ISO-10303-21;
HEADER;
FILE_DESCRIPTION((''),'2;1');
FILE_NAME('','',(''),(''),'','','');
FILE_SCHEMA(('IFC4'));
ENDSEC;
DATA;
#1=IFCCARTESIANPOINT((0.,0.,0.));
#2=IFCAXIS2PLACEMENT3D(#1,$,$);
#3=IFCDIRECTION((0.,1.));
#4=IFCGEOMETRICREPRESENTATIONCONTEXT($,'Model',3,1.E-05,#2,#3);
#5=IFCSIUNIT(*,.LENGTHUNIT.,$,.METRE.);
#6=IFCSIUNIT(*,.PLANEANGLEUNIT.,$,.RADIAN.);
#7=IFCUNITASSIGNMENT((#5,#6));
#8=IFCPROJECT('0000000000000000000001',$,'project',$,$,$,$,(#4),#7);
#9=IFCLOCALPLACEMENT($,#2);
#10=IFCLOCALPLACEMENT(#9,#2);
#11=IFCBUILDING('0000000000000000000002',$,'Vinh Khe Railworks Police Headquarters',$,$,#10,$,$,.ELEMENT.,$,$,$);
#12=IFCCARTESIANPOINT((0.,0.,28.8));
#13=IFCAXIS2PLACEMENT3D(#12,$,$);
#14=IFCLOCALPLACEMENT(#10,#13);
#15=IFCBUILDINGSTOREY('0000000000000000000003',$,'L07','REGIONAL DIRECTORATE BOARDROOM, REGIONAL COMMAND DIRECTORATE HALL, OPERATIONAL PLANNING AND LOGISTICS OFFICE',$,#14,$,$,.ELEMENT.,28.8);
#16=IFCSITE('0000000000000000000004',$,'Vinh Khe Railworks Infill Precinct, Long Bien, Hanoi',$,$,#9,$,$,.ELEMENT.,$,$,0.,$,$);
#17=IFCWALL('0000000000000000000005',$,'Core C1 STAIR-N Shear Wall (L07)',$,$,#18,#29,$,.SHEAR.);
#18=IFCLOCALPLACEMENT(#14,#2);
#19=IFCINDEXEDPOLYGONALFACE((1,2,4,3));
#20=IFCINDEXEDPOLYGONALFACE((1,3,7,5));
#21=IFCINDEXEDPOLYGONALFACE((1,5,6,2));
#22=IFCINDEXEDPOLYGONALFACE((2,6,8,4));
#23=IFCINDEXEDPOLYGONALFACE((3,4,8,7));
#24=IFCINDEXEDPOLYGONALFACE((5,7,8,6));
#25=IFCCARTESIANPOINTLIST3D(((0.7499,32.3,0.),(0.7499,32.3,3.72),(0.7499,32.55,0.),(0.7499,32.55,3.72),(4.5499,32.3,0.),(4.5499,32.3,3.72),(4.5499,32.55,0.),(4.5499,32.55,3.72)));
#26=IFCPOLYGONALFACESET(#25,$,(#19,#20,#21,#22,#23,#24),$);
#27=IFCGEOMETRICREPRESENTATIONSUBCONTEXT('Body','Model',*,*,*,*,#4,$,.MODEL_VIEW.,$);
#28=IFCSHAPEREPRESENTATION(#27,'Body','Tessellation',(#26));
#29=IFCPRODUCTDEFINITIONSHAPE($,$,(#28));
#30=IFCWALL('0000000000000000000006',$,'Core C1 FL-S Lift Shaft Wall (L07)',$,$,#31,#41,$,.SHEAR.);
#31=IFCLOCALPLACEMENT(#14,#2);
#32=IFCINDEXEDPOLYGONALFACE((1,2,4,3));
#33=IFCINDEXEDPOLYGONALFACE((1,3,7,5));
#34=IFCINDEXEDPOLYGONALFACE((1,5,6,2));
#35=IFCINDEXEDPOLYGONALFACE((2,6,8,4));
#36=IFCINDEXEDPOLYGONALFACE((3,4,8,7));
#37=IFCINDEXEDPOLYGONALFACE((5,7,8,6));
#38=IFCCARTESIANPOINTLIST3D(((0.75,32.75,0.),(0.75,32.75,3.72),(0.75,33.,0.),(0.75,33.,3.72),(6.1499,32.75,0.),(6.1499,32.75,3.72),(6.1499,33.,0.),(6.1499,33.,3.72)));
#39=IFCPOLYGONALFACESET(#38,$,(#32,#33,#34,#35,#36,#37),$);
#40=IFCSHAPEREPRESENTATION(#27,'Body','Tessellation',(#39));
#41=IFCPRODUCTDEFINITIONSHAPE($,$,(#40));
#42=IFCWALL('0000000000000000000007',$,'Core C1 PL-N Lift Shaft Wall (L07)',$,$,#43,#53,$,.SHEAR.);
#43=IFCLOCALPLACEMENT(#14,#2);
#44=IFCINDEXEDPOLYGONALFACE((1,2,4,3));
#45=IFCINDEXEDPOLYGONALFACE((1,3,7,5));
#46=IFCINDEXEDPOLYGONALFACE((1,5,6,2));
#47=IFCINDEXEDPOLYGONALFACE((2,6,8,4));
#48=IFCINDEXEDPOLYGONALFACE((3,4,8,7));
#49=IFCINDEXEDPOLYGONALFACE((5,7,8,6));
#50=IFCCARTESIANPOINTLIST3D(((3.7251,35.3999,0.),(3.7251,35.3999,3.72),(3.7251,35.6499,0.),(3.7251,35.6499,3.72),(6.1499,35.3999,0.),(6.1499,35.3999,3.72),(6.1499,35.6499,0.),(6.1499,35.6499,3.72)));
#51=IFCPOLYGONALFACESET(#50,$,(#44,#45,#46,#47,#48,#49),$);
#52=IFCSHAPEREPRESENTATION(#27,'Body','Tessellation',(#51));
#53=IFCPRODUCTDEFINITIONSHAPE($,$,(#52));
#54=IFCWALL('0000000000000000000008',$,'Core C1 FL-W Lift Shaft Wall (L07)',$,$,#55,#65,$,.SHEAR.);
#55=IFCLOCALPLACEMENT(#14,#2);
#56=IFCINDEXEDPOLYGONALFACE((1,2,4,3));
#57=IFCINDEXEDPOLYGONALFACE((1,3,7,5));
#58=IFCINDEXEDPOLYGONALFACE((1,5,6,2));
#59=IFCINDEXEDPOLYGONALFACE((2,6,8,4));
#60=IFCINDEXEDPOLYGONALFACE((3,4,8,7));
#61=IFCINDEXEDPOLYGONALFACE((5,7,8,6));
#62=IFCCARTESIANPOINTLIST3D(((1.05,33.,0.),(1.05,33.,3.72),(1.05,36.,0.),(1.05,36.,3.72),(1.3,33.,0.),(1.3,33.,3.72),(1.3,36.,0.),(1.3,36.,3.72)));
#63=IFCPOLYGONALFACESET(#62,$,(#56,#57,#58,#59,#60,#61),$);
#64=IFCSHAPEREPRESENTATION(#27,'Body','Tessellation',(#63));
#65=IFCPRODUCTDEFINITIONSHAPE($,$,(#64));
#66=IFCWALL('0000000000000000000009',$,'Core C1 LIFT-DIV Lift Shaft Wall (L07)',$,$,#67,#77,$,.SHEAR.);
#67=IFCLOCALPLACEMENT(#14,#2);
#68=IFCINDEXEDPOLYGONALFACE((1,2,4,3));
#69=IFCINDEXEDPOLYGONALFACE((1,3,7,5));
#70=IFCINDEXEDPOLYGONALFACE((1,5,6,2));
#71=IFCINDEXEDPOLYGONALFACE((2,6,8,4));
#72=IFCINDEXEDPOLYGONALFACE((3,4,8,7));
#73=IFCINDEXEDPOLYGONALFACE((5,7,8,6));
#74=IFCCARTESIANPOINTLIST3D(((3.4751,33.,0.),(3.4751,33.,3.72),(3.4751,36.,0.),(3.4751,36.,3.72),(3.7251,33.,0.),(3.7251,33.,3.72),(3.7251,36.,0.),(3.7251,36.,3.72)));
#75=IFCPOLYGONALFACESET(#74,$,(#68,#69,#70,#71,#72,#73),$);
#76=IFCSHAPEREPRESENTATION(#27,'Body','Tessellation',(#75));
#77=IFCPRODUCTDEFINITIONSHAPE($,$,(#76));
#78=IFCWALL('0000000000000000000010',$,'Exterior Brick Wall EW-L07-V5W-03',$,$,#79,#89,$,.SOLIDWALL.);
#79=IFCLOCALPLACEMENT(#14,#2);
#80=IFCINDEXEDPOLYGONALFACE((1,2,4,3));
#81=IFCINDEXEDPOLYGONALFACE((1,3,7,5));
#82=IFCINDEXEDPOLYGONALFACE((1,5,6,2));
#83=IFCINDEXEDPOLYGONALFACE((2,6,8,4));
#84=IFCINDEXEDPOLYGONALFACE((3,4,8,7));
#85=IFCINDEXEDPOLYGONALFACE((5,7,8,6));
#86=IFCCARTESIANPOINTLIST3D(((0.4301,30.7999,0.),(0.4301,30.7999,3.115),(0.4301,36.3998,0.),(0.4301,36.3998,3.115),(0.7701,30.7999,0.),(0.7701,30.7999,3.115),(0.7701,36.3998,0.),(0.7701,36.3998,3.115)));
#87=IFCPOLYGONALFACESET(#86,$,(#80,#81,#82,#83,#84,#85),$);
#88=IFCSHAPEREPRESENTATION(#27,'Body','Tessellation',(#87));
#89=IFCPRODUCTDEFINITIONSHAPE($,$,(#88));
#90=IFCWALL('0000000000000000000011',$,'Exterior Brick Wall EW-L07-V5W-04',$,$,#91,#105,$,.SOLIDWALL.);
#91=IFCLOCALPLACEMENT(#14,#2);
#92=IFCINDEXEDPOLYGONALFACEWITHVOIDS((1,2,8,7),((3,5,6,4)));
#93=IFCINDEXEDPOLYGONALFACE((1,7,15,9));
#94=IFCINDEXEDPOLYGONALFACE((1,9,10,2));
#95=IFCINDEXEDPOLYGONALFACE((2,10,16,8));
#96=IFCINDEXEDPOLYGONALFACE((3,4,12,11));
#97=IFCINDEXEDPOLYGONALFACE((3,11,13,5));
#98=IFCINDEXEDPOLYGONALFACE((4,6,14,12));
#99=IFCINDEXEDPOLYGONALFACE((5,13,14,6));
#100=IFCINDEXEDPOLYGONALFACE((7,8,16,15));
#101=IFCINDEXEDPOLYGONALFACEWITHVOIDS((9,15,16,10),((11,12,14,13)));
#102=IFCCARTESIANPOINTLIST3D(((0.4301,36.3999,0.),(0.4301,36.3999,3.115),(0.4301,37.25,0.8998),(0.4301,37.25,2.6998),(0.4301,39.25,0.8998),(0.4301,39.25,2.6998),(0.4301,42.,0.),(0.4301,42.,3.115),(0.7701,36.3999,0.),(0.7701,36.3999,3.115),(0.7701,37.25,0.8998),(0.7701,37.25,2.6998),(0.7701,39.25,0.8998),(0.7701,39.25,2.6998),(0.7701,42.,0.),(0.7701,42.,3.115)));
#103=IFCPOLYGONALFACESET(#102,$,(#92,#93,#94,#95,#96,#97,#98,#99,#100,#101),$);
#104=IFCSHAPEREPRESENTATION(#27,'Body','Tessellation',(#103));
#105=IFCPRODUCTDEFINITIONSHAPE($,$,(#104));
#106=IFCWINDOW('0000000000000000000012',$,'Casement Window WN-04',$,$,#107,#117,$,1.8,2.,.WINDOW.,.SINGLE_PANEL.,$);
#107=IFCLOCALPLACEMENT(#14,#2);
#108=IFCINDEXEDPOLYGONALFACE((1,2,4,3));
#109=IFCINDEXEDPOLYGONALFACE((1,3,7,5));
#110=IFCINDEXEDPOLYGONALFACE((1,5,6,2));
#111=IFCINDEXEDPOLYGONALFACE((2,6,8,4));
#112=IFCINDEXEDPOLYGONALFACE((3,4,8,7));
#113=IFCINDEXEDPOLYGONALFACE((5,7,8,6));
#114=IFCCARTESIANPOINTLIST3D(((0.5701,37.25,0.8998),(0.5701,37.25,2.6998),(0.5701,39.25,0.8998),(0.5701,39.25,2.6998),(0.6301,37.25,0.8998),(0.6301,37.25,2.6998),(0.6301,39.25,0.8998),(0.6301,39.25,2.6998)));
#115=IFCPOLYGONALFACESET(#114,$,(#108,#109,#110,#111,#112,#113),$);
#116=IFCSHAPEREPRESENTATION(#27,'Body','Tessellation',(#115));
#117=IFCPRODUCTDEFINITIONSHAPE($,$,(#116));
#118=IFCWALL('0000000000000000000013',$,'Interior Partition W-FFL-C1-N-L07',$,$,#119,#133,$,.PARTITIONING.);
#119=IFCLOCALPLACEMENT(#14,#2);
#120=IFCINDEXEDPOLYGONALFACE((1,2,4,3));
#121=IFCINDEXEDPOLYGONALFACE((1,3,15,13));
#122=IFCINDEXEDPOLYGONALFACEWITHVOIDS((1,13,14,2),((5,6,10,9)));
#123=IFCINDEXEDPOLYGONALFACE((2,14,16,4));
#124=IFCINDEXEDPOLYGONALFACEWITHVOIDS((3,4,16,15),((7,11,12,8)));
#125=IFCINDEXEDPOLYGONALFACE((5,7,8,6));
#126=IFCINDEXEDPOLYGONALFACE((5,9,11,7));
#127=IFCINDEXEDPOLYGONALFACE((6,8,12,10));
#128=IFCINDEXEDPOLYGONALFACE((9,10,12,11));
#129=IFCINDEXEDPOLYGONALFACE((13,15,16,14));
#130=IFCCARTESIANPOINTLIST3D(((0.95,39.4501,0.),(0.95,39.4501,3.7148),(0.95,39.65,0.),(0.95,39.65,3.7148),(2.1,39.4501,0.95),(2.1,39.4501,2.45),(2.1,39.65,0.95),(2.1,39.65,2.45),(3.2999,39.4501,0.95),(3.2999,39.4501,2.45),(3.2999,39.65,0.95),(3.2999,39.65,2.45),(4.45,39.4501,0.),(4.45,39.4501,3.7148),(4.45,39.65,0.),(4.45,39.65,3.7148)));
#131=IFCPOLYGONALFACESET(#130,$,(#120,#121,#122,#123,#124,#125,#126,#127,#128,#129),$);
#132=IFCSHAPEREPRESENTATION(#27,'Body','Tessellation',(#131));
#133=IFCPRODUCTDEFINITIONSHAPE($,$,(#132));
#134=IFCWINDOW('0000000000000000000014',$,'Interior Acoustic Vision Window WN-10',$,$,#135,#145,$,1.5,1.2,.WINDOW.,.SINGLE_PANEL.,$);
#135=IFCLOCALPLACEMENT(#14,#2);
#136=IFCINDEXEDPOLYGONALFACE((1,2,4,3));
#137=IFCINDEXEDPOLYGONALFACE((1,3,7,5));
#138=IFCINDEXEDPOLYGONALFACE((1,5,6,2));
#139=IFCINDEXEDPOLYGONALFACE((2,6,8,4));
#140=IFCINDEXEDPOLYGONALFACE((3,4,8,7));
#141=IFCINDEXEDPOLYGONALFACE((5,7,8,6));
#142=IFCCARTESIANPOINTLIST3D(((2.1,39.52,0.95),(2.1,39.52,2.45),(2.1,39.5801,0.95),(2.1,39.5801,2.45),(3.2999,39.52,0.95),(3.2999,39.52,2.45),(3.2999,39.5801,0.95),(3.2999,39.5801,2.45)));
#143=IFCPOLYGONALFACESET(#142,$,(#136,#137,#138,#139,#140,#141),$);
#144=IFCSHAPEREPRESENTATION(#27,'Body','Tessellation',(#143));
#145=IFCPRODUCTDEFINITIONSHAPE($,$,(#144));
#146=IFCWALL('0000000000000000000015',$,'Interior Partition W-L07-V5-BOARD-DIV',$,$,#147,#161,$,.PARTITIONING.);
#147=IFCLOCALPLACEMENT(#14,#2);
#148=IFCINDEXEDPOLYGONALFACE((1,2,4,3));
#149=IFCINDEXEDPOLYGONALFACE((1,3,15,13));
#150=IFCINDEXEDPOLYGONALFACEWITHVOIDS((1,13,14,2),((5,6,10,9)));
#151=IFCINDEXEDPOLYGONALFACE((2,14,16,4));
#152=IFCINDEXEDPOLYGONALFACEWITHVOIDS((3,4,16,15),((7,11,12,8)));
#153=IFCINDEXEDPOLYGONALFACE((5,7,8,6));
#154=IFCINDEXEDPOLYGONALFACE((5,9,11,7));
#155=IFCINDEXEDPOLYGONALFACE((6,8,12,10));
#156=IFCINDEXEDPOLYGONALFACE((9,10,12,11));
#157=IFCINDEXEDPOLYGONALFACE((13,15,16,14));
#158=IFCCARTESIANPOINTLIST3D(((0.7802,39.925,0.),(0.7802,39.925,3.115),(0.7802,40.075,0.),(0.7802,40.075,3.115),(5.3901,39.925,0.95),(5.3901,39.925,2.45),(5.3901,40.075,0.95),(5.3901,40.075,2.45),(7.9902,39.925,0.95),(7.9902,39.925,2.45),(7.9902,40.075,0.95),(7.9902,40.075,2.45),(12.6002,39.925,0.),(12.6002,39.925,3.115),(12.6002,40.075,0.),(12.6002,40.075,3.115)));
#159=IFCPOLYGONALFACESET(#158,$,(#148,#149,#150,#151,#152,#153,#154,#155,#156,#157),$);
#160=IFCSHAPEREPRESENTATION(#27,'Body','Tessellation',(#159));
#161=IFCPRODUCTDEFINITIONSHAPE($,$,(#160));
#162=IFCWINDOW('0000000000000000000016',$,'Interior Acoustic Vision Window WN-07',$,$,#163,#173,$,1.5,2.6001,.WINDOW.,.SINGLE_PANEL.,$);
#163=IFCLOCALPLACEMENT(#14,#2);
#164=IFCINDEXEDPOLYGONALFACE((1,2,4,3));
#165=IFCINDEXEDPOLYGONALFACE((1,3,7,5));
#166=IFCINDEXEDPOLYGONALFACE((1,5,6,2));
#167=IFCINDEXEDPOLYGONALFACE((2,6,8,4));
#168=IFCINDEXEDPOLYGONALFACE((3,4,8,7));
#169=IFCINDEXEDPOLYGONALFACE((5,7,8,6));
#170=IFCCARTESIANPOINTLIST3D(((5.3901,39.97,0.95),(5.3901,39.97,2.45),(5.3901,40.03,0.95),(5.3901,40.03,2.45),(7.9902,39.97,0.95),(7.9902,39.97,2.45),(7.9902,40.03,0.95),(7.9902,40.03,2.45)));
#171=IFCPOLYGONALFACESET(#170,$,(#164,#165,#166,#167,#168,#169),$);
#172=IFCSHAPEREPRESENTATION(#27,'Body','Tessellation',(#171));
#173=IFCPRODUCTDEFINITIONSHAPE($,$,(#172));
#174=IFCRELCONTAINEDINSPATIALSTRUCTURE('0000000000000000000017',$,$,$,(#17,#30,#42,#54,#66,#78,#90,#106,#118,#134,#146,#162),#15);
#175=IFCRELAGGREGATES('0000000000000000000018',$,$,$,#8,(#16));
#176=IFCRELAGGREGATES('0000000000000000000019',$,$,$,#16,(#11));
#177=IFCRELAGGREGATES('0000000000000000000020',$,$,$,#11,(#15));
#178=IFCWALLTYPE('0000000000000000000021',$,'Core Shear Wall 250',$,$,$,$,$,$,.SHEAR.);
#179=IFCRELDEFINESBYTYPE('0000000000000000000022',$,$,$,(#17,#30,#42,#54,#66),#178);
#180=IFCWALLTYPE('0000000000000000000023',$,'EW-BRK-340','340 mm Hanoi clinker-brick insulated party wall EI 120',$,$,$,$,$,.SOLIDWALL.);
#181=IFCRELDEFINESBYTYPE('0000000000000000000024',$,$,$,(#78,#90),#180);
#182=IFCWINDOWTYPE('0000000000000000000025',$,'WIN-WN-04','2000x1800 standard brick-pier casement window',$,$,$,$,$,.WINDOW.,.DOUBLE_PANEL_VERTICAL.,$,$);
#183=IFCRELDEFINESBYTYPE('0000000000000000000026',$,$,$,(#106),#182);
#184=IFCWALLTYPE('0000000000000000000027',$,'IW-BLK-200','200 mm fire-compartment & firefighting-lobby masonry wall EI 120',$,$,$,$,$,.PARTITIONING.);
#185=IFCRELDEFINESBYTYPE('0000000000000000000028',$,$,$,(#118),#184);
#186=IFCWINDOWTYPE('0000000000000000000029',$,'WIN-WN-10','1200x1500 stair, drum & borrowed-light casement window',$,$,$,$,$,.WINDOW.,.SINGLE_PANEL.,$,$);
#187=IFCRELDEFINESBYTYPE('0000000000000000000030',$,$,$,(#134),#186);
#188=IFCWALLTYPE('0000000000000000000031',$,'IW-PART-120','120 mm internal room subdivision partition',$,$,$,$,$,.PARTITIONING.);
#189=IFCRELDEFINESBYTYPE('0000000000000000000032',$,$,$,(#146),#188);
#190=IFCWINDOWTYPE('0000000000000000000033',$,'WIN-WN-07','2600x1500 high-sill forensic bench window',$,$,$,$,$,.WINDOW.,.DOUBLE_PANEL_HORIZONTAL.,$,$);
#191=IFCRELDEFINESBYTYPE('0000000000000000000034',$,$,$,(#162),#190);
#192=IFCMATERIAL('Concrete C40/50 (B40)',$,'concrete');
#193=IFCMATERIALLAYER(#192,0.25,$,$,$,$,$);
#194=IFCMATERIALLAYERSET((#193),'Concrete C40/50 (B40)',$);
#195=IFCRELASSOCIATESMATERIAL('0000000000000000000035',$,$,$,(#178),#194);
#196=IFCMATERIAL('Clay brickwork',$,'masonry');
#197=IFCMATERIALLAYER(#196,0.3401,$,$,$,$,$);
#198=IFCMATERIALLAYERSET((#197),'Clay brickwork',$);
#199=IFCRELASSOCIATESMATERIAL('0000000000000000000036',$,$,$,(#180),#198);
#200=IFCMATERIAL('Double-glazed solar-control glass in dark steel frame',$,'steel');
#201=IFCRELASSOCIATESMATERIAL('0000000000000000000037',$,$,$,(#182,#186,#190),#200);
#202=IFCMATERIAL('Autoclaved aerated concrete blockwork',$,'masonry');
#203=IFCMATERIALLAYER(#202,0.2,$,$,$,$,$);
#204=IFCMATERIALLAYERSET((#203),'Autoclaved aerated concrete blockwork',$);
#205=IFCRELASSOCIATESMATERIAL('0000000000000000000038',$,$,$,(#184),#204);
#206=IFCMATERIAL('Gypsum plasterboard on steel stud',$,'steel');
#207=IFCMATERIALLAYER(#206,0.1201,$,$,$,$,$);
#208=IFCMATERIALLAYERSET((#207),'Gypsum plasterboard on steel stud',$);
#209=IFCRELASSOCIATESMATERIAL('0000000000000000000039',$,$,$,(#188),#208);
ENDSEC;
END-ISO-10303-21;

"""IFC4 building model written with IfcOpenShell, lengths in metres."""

from ifc_helpers import new_model, si_unit, direction, frame, frame_2d, origin, place, context, subcontext, project, spatial, rectangle, extrude, material, layer, layer_set, type_object, element, fill, save


model = new_model("IFC4")

# Units and contexts
model_context = context("Model", 3, precision=1e-05, world=origin(), true_north=direction((0.0, 1.0)))
body_context = subcontext(model_context, "Body", "Model", "MODEL_VIEW")
ifc_project = project(units=[si_unit("LENGTHUNIT", "METRE"), si_unit("PLANEANGLEUNIT", "RADIAN")], contexts=[model_context])

# Site, building, storey
site_placement = place(None, origin())
site = spatial("IfcSite", under=ifc_project, at=site_placement, Name="Vinh Khe Railworks Infill Precinct, Long Bien, Hanoi", CompositionType="ELEMENT", RefElevation=0.0)
building_placement = place(site_placement, origin())
building = spatial("IfcBuilding", under=site, at=building_placement, Name="Vinh Khe Railworks Police Headquarters", CompositionType="ELEMENT")
storey_placement = place(building_placement, frame((0.0, 0.0, 28.8)))
storey = spatial("IfcBuildingStorey", under=building, at=storey_placement, Name="L07", Description="REGIONAL DIRECTORATE BOARDROOM, REGIONAL COMMAND DIRECTORATE HALL, OPERATIONAL PLANNING AND LOGISTICS OFFICE", CompositionType="ELEMENT", Elevation=28.8)

# Walls
ifc_material_1 = material(Name="Concrete C40/50 (B40)", Category="concrete")
ifc_layer_1 = layer(ifc_material_1, 0.25)
ifc_layer_set_1 = layer_set([ifc_layer_1], Name="Concrete C40/50 (B40)")
wall_type_1 = type_object("IfcWallType", Name="Core Shear Wall 250", PredefinedType="SHEAR", material=ifc_layer_set_1)
wall_1_placement = place(storey_placement, frame((0.75, 32.425, 0.0), z_axis=(0.0, 0.0, 1.0), x_axis=(1.0, 0.0, 0.0)))
element("IfcWall", 1, at=wall_1_placement, inside=storey, type_object=wall_type_1, Name="Core C1 STAIR-N Shear Wall (L07)", PredefinedType="SHEAR", context=body_context, shape_type="SweptSolid", body=[
    extrude(rectangle(XDim=3.8, YDim=0.25, at=frame_2d((1.8999, 0.0))), origin(), (0.0, 0.0, 1.0), 3.72),
])
wall_2_placement = place(storey_placement, frame((0.75, 32.875, 0.0), z_axis=(0.0, 0.0, 1.0), x_axis=(1.0, 0.0, 0.0)))
element("IfcWall", 2, at=wall_2_placement, inside=storey, type_object=wall_type_1, Name="Core C1 FL-S Lift Shaft Wall (L07)", PredefinedType="SHEAR", context=body_context, shape_type="SweptSolid", body=[
    extrude(rectangle(XDim=5.3999, YDim=0.25, at=frame_2d((2.7, 0.0))), origin(), (0.0, 0.0, 1.0), 3.72),
])

# Walls
wall_3_placement = place(storey_placement, frame((3.7251, 35.5249, 0.0), z_axis=(0.0, 0.0, 1.0), x_axis=(1.0, 0.0, 0.0)))
element("IfcWall", 3, at=wall_3_placement, inside=storey, type_object=wall_type_1, Name="Core C1 PL-N Lift Shaft Wall (L07)", PredefinedType="SHEAR", context=body_context, shape_type="SweptSolid", body=[
    extrude(rectangle(XDim=2.4248, YDim=0.25, at=frame_2d((1.2124, 0.0))), origin(), (0.0, 0.0, 1.0), 3.72),
])
for number, where, z_axis, x_axis, name in (
    (4, (1.175, 33.0, 0.0), (0.0, 0.0, 1.0), (0.0, 1.0, 0.0), "Core C1 FL-W Lift Shaft Wall (L07)"),
    (5, (3.6001, 33.0, 0.0), (0.0, 0.0, 1.0), (0.0, 1.0, 0.0), "Core C1 LIFT-DIV Lift Shaft Wall (L07)"),
):
    element("IfcWall", number, at=place(storey_placement, frame(where, z_axis=z_axis, x_axis=x_axis)), inside=storey, type_object=wall_type_1, Name=name, PredefinedType="SHEAR", context=body_context, shape_type="SweptSolid", body=[
        extrude(rectangle(XDim=3.0, YDim=0.25, at=frame_2d((1.5, 0.0))), origin(), (0.0, 0.0, 1.0), 3.72),
    ])

# Wall
ifc_material_2 = material(Name="Clay brickwork", Category="masonry")
ifc_layer_2 = layer(ifc_material_2, 0.3401)
ifc_layer_set_2 = layer_set([ifc_layer_2], Name="Clay brickwork")
wall_type_2 = type_object("IfcWallType", Name="EW-BRK-340", Description="340 mm Hanoi clinker-brick insulated party wall EI 120", PredefinedType="SOLIDWALL", material=ifc_layer_set_2)
wall_4_placement = place(storey_placement, frame((0.6001, 30.8, 0.0), z_axis=(0.0, 0.0, 1.0), x_axis=(0.0, 1.0, 0.0)))
element("IfcWall", 6, at=wall_4_placement, inside=storey, type_object=wall_type_2, Name="Exterior Brick Wall EW-L07-V5W-03", PredefinedType="SOLIDWALL", context=body_context, shape_type="SweptSolid", body=[
    extrude(rectangle(XDim=5.5999, YDim=0.3401, at=frame_2d((2.7998, 0.0))), origin(), (0.0, 0.0, 1.0), 3.115),
])

# Walls, openings, windows
wall_5_placement = place(storey_placement, frame((0.6001, 36.3999, 0.0), z_axis=(0.0, 0.0, 1.0), x_axis=(0.0, 1.0, 0.0)))
wall_5 = element("IfcWall", 7, at=wall_5_placement, inside=storey, type_object=wall_type_2, Name="Exterior Brick Wall EW-L07-V5W-04", PredefinedType="SOLIDWALL", context=body_context, shape_type="SweptSolid", body=[
    extrude(rectangle(XDim=5.6001, YDim=0.3401, at=frame_2d((2.8, 0.0))), origin(), (0.0, 0.0, 1.0), 3.115),
])
opening_1_placement = place(wall_5_placement, frame((0.8501, 0.0, 0.8999)))
opening_1 = element("IfcOpeningElement", 8, at=opening_1_placement, cuts=wall_5, PredefinedType="OPENING", context=body_context, shape_type="SweptSolid", body=[
    extrude(rectangle(XDim=2.0, YDim=1.8, at=frame_2d((1.0, 0.8999))), frame((0.0, 0.1851, 0.0), z_axis=(0.0, -1.0, 0.0), x_axis=(1.0, 0.0, 0.0)), (0.0, 0.0, 1.0), 0.3699),
])
ifc_material_3 = material(Name="Double-glazed solar-control glass in dark steel frame", Category="steel")
window_type_1 = type_object("IfcWindowType", Name="WIN-WN-04", Description="2000x1800 standard brick-pier casement window", PartitioningType="DOUBLE_PANEL_VERTICAL", PredefinedType="WINDOW", material=ifc_material_3)
window_1_placement = place(opening_1_placement, origin())
window_1 = element("IfcWindow", 9, at=window_1_placement, inside=storey, type_object=window_type_1, Name="Casement Window WN-04", OverallHeight=1.8, OverallWidth=2.0, PartitioningType="SINGLE_PANEL", PredefinedType="WINDOW", context=body_context, shape_type="SweptSolid", body=[
    extrude(rectangle(XDim=2.0, YDim=1.8, at=frame_2d((1.0, 0.8999))), frame((0.0, 0.03, 0.0), z_axis=(0.0, -1.0, 0.0), x_axis=(1.0, 0.0, 0.0)), (0.0, 0.0, 1.0), 0.0601),
])
fill(opening_1, window_1)
ifc_material_4 = material(Name="Autoclaved aerated concrete blockwork", Category="masonry")
ifc_layer_3 = layer(ifc_material_4, 0.2)
ifc_layer_set_3 = layer_set([ifc_layer_3], Name="Autoclaved aerated concrete blockwork")
wall_type_3 = type_object("IfcWallType", Name="IW-BLK-200", Description="200 mm fire-compartment & firefighting-lobby masonry wall EI 120", PredefinedType="PARTITIONING", material=ifc_layer_set_3)
wall_6_placement = place(storey_placement, frame((0.95, 39.55, 0.0), z_axis=(0.0, 0.0, 1.0), x_axis=(1.0, 0.0, 0.0)))
wall_6 = element("IfcWall", 10, at=wall_6_placement, inside=storey, type_object=wall_type_3, Name="Interior Partition W-FFL-C1-N-L07", PredefinedType="PARTITIONING", context=body_context, shape_type="SweptSolid", body=[
    extrude(rectangle(XDim=3.5, YDim=0.2, at=frame_2d((1.75, 0.0))), origin(), (0.0, 0.0, 1.0), 3.7148),
])
opening_2_placement = place(wall_6_placement, frame((1.1499, 0.0, 0.95)))
opening_2 = element("IfcOpeningElement", 11, at=opening_2_placement, cuts=wall_6, PredefinedType="OPENING", context=body_context, shape_type="SweptSolid", body=[
    extrude(rectangle(XDim=1.2, YDim=1.5, at=frame_2d((0.6001, 0.75))), frame((0.0, 0.1147, 0.0), z_axis=(0.0, -1.0, 0.0), x_axis=(1.0, 0.0, 0.0)), (0.0, 0.0, 1.0), 0.2297),
])
window_type_2 = type_object("IfcWindowType", Name="WIN-WN-10", Description="1200x1500 stair, drum & borrowed-light casement window", PartitioningType="SINGLE_PANEL", PredefinedType="WINDOW", material=ifc_material_3)
window_2_placement = place(opening_2_placement, origin())
window_2 = element("IfcWindow", 12, at=window_2_placement, inside=storey, type_object=window_type_2, Name="Interior Acoustic Vision Window WN-10", OverallHeight=1.5, OverallWidth=1.2, PartitioningType="SINGLE_PANEL", PredefinedType="WINDOW", context=body_context, shape_type="SweptSolid", body=[
    extrude(rectangle(XDim=1.2, YDim=1.5, at=frame_2d((0.6001, 0.75))), frame((0.0, 0.03, 0.0), z_axis=(0.0, -1.0, 0.0), x_axis=(1.0, 0.0, 0.0)), (0.0, 0.0, 1.0), 0.0601),
])
fill(opening_2, window_2)

# Wall, opening, window
ifc_material_5 = material(Name="Gypsum plasterboard on steel stud", Category="steel")
ifc_layer_4 = layer(ifc_material_5, 0.1201)
ifc_layer_set_4 = layer_set([ifc_layer_4], Name="Gypsum plasterboard on steel stud")
wall_type_4 = type_object("IfcWallType", Name="IW-PART-120", Description="120 mm internal room subdivision partition", PredefinedType="PARTITIONING", material=ifc_layer_set_4)
wall_7_placement = place(storey_placement, frame((0.78, 40.0, 0.0), z_axis=(0.0, 0.0, 1.0), x_axis=(1.0, 0.0, 0.0)))
wall_7 = element("IfcWall", 13, at=wall_7_placement, inside=storey, type_object=wall_type_4, Name="Interior Partition W-L07-V5-BOARD-DIV", PredefinedType="PARTITIONING", context=body_context, shape_type="SweptSolid", body=[
    extrude(rectangle(XDim=11.8201, YDim=0.1499, at=frame_2d((5.9102, 0.0))), origin(), (0.0, 0.0, 1.0), 3.115),
])
opening_3_placement = place(wall_7_placement, frame((4.6101, 0.0, 0.95)))
opening_3 = element("IfcOpeningElement", 14, at=opening_3_placement, cuts=wall_7, PredefinedType="OPENING", context=body_context, shape_type="SweptSolid", body=[
    extrude(rectangle(XDim=2.6001, YDim=1.5, at=frame_2d((1.3, 0.75))), frame((0.0, 0.0898, 0.0), z_axis=(0.0, -1.0, 0.0), x_axis=(1.0, 0.0, 0.0)), (0.0, 0.0, 1.0), 0.1797),
])
window_type_3 = type_object("IfcWindowType", Name="WIN-WN-07", Description="2600x1500 high-sill forensic bench window", PartitioningType="DOUBLE_PANEL_HORIZONTAL", PredefinedType="WINDOW", material=ifc_material_3)
window_3_placement = place(opening_3_placement, origin())
window_3 = element("IfcWindow", 15, at=window_3_placement, inside=storey, type_object=window_type_3, Name="Interior Acoustic Vision Window WN-07", OverallHeight=1.5, OverallWidth=2.6001, PartitioningType="SINGLE_PANEL", PredefinedType="WINDOW", context=body_context, shape_type="SweptSolid", body=[
    extrude(rectangle(XDim=2.6001, YDim=1.5, at=frame_2d((1.3, 0.75))), frame((0.0, 0.03, 0.0), z_axis=(0.0, -1.0, 0.0), x_axis=(1.0, 0.0, 0.0)), (0.0, 0.0, 1.0), 0.0601),
])
fill(opening_3, window_3)

save(model, "model.ifc")
